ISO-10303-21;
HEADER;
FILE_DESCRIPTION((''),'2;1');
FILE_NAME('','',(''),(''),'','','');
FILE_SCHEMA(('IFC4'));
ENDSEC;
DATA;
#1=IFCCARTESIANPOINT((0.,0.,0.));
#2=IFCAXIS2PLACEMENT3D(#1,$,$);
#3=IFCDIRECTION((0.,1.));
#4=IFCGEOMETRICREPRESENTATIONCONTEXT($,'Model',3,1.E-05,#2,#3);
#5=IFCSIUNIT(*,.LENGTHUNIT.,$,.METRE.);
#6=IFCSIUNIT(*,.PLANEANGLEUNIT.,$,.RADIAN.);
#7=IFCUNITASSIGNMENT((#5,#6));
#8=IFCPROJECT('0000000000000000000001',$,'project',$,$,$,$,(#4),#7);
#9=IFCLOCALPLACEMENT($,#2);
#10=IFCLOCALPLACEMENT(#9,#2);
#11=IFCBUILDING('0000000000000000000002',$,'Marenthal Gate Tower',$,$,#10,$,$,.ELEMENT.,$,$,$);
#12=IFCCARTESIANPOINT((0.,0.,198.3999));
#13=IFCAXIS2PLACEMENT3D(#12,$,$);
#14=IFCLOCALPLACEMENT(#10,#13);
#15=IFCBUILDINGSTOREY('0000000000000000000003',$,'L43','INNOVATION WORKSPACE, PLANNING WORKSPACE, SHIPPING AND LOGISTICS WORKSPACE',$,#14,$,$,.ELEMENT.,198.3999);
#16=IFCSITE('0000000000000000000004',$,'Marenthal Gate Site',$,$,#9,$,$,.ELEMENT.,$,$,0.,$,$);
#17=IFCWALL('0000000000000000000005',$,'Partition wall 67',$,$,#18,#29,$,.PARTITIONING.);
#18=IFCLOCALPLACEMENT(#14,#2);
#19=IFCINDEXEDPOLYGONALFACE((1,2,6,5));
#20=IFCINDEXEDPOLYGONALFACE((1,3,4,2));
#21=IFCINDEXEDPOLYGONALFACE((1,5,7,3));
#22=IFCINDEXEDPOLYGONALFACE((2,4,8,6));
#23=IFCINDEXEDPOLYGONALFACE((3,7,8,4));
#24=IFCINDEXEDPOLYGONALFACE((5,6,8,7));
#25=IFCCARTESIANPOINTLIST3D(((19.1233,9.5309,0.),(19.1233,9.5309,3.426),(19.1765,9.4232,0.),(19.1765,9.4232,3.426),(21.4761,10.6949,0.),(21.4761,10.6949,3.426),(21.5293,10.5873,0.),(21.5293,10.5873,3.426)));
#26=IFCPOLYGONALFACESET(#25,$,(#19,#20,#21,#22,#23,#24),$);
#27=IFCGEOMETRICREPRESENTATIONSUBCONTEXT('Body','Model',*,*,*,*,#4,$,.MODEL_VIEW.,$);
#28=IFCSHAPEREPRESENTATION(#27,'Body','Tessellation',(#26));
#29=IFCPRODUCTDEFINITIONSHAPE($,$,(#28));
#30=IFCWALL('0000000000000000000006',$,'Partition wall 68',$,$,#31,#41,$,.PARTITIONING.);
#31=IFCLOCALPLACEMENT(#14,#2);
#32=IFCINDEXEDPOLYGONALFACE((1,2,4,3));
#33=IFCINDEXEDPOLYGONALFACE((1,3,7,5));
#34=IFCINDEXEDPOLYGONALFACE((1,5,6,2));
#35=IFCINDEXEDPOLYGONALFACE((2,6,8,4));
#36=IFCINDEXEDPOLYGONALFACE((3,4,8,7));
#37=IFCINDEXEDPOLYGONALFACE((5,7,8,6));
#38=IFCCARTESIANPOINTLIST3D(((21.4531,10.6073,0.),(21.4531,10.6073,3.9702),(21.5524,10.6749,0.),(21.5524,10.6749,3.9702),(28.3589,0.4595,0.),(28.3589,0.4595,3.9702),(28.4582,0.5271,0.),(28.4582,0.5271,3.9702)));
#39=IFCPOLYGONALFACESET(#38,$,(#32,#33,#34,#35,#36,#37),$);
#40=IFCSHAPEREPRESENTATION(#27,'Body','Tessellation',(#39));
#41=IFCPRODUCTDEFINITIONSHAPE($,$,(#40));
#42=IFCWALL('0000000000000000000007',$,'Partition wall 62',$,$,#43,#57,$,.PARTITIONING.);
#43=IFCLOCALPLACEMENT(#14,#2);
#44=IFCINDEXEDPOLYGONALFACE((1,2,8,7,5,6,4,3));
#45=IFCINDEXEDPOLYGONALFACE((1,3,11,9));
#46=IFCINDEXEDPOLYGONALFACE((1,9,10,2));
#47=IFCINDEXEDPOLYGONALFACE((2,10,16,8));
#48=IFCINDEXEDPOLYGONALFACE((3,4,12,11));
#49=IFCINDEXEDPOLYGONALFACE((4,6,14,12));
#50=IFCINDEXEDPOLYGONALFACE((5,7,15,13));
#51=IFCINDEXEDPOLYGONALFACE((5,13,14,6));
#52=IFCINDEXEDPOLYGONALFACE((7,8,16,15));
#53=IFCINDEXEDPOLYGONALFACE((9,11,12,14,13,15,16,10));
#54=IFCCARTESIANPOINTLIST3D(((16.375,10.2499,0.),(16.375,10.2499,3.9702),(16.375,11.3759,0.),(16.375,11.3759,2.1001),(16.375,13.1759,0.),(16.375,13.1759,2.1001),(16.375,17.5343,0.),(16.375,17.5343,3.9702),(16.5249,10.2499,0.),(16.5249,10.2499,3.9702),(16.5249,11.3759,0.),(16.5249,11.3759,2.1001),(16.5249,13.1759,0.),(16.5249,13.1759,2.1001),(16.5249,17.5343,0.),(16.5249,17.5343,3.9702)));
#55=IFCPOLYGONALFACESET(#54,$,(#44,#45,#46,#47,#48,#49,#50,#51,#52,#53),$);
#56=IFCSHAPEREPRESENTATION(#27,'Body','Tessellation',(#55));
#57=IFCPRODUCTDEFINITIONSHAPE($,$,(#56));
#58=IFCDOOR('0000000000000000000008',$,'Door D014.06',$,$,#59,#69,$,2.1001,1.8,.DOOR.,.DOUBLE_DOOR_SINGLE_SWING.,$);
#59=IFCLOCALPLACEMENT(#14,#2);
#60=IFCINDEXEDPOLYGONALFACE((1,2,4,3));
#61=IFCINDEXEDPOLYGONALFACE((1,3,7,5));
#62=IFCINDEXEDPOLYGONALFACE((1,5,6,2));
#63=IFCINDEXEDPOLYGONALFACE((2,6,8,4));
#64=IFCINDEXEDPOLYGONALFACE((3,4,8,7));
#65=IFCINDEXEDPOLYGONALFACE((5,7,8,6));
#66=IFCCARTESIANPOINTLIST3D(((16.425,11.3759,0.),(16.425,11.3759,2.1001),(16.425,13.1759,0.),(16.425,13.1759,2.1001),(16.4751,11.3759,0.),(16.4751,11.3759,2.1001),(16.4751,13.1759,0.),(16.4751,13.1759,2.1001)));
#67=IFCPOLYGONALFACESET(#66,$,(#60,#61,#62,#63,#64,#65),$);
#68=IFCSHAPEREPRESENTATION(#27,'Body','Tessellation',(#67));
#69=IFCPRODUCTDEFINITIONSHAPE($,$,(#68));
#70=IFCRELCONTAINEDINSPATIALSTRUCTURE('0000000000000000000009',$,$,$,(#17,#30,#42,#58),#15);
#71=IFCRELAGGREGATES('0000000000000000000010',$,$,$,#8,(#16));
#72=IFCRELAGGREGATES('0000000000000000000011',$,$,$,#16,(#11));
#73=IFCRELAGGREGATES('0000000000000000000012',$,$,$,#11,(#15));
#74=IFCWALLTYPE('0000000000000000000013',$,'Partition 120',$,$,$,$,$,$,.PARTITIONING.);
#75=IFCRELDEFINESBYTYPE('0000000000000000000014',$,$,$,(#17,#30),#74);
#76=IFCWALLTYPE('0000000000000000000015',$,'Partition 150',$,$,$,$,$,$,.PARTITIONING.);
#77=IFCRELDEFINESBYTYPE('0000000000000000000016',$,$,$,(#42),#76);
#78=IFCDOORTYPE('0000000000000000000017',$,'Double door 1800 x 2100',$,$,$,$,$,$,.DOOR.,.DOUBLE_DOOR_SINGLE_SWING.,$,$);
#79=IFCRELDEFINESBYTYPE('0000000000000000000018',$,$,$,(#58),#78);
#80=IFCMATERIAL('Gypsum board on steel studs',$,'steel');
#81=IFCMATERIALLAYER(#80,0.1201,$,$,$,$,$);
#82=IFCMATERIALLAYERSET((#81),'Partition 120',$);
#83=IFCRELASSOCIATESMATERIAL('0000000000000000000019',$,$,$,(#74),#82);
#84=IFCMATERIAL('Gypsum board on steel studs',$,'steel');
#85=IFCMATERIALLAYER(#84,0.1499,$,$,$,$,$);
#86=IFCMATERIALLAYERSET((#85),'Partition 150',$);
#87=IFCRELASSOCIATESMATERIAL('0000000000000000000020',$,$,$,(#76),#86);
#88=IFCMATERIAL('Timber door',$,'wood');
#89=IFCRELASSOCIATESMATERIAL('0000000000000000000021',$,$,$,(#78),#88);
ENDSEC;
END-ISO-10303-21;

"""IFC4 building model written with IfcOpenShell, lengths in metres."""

from ifc_helpers import new_model, si_unit, direction, frame, frame_2d, origin, place, context, subcontext, project, spatial, rectangle, extrude, material, layer, layer_set, type_object, element, fill, save


model = new_model("IFC4")

# Units and contexts
model_context = context("Model", 3, precision=1e-05, world=origin(), true_north=direction((0.0, 1.0)))
body_context = subcontext(model_context, "Body", "Model", "MODEL_VIEW")
ifc_project = project(units=[si_unit("LENGTHUNIT", "METRE"), si_unit("PLANEANGLEUNIT", "RADIAN")], contexts=[model_context])

# Site, building, storey
site_placement = place(None, origin())
site = spatial("IfcSite", under=ifc_project, at=site_placement, Name="Marenthal Gate Site", CompositionType="ELEMENT", RefElevation=0.0)
building_placement = place(site_placement, origin())
building = spatial("IfcBuilding", under=site, at=building_placement, Name="Marenthal Gate Tower", CompositionType="ELEMENT")
storey_placement = place(building_placement, frame((0.0, 0.0, 198.3999)))
storey = spatial("IfcBuildingStorey", under=building, at=storey_placement, Name="L43", Description="INNOVATION WORKSPACE, PLANNING WORKSPACE, SHIPPING AND LOGISTICS WORKSPACE", CompositionType="ELEMENT", Elevation=198.3999)

# Walls
ifc_material_1 = material(Name="Gypsum board on steel studs", Category="steel")
ifc_layer_1 = layer(ifc_material_1, 0.1201)
ifc_layer_set_1 = layer_set([ifc_layer_1], Name="Partition 120")
wall_type_1 = type_object("IfcWallType", Name="Partition 120", PredefinedType="PARTITIONING", material=ifc_layer_set_1)
wall_1_placement = place(storey_placement, frame((21.5027, 10.6411, 0.0), z_axis=(0.0, 0.0, 1.0), x_axis=(-0.896298, -0.443452, 0.0)))
element("IfcWall", 1, at=wall_1_placement, inside=storey, type_object=wall_type_1, Name="Partition wall 67", PredefinedType="PARTITIONING", context=body_context, shape_type="SweptSolid", body=[
    extrude(rectangle(XDim=2.625, YDim=0.1201, at=frame_2d((1.3125, 0.0))), origin(), (0.0, 0.0, 1.0), 3.426),
])
wall_2_placement = place(storey_placement, frame((28.4084, 0.4934, 0.0), z_axis=(0.0, 0.0, 1.0), x_axis=(-0.562606, 0.826725, 0.0)))
element("IfcWall", 2, at=wall_2_placement, inside=storey, type_object=wall_type_1, Name="Partition wall 68", PredefinedType="PARTITIONING", context=body_context, shape_type="SweptSolid", body=[
    extrude(rectangle(XDim=12.2747, YDim=0.1201, at=frame_2d((6.1372, 0.0))), origin(), (0.0, 0.0, 1.0), 3.9702),
])

# Wall, opening, door
ifc_material_2 = material(Name="Gypsum board on steel studs", Category="steel")
ifc_layer_2 = layer(ifc_material_2, 0.1499)
ifc_layer_set_2 = layer_set([ifc_layer_2], Name="Partition 150")
wall_type_2 = type_object("IfcWallType", Name="Partition 150", PredefinedType="PARTITIONING", material=ifc_layer_set_2)
wall_3_placement = place(storey_placement, frame((16.45, 10.25, 0.0), z_axis=(0.0, 0.0, 1.0), x_axis=(0.0, 1.0, 0.0)))
wall_3 = element("IfcWall", 3, at=wall_3_placement, inside=storey, type_object=wall_type_2, Name="Partition wall 62", PredefinedType="PARTITIONING", context=body_context, shape_type="SweptSolid", body=[
    extrude(rectangle(XDim=7.2844, YDim=0.1499, at=frame_2d((3.6421, 0.0))), origin(), (0.0, 0.0, 1.0), 3.9702),
])
opening_placement = place(wall_3_placement, frame((1.126, 0.0, 0.0)))
opening = element("IfcOpeningElement", 4, at=opening_placement, cuts=wall_3, PredefinedType="OPENING", context=body_context, shape_type="SweptSolid", body=[
    extrude(rectangle(XDim=1.8, YDim=2.1001, at=frame_2d((0.8999, 1.05))), frame((0.0, 0.085, 0.0), z_axis=(0.0, -1.0, 0.0), x_axis=(1.0, 0.0, 0.0)), (0.0, 0.0, 1.0), 0.1699),
])
ifc_material_3 = material(Name="Timber door", Category="wood")
door_type = type_object("IfcDoorType", Name="Double door 1800 x 2100", OperationType="DOUBLE_DOOR_SINGLE_SWING", PredefinedType="DOOR", material=ifc_material_3)
door_placement = place(opening_placement, origin())
door = element("IfcDoor", 5, at=door_placement, inside=storey, type_object=door_type, Name="Door D014.06", OperationType="DOUBLE_DOOR_SINGLE_SWING", OverallHeight=2.1001, OverallWidth=1.8, PredefinedType="DOOR", context=body_context, shape_type="SweptSolid", body=[
    extrude(rectangle(XDim=1.8, YDim=2.1001, at=frame_2d((0.8999, 1.05))), frame((0.0, 0.0249, 0.0), z_axis=(0.0, -1.0, 0.0), x_axis=(1.0, 0.0, 0.0)), (0.0, 0.0, 1.0), 0.05),
])
fill(opening, door)

save(model, "model.ifc")
